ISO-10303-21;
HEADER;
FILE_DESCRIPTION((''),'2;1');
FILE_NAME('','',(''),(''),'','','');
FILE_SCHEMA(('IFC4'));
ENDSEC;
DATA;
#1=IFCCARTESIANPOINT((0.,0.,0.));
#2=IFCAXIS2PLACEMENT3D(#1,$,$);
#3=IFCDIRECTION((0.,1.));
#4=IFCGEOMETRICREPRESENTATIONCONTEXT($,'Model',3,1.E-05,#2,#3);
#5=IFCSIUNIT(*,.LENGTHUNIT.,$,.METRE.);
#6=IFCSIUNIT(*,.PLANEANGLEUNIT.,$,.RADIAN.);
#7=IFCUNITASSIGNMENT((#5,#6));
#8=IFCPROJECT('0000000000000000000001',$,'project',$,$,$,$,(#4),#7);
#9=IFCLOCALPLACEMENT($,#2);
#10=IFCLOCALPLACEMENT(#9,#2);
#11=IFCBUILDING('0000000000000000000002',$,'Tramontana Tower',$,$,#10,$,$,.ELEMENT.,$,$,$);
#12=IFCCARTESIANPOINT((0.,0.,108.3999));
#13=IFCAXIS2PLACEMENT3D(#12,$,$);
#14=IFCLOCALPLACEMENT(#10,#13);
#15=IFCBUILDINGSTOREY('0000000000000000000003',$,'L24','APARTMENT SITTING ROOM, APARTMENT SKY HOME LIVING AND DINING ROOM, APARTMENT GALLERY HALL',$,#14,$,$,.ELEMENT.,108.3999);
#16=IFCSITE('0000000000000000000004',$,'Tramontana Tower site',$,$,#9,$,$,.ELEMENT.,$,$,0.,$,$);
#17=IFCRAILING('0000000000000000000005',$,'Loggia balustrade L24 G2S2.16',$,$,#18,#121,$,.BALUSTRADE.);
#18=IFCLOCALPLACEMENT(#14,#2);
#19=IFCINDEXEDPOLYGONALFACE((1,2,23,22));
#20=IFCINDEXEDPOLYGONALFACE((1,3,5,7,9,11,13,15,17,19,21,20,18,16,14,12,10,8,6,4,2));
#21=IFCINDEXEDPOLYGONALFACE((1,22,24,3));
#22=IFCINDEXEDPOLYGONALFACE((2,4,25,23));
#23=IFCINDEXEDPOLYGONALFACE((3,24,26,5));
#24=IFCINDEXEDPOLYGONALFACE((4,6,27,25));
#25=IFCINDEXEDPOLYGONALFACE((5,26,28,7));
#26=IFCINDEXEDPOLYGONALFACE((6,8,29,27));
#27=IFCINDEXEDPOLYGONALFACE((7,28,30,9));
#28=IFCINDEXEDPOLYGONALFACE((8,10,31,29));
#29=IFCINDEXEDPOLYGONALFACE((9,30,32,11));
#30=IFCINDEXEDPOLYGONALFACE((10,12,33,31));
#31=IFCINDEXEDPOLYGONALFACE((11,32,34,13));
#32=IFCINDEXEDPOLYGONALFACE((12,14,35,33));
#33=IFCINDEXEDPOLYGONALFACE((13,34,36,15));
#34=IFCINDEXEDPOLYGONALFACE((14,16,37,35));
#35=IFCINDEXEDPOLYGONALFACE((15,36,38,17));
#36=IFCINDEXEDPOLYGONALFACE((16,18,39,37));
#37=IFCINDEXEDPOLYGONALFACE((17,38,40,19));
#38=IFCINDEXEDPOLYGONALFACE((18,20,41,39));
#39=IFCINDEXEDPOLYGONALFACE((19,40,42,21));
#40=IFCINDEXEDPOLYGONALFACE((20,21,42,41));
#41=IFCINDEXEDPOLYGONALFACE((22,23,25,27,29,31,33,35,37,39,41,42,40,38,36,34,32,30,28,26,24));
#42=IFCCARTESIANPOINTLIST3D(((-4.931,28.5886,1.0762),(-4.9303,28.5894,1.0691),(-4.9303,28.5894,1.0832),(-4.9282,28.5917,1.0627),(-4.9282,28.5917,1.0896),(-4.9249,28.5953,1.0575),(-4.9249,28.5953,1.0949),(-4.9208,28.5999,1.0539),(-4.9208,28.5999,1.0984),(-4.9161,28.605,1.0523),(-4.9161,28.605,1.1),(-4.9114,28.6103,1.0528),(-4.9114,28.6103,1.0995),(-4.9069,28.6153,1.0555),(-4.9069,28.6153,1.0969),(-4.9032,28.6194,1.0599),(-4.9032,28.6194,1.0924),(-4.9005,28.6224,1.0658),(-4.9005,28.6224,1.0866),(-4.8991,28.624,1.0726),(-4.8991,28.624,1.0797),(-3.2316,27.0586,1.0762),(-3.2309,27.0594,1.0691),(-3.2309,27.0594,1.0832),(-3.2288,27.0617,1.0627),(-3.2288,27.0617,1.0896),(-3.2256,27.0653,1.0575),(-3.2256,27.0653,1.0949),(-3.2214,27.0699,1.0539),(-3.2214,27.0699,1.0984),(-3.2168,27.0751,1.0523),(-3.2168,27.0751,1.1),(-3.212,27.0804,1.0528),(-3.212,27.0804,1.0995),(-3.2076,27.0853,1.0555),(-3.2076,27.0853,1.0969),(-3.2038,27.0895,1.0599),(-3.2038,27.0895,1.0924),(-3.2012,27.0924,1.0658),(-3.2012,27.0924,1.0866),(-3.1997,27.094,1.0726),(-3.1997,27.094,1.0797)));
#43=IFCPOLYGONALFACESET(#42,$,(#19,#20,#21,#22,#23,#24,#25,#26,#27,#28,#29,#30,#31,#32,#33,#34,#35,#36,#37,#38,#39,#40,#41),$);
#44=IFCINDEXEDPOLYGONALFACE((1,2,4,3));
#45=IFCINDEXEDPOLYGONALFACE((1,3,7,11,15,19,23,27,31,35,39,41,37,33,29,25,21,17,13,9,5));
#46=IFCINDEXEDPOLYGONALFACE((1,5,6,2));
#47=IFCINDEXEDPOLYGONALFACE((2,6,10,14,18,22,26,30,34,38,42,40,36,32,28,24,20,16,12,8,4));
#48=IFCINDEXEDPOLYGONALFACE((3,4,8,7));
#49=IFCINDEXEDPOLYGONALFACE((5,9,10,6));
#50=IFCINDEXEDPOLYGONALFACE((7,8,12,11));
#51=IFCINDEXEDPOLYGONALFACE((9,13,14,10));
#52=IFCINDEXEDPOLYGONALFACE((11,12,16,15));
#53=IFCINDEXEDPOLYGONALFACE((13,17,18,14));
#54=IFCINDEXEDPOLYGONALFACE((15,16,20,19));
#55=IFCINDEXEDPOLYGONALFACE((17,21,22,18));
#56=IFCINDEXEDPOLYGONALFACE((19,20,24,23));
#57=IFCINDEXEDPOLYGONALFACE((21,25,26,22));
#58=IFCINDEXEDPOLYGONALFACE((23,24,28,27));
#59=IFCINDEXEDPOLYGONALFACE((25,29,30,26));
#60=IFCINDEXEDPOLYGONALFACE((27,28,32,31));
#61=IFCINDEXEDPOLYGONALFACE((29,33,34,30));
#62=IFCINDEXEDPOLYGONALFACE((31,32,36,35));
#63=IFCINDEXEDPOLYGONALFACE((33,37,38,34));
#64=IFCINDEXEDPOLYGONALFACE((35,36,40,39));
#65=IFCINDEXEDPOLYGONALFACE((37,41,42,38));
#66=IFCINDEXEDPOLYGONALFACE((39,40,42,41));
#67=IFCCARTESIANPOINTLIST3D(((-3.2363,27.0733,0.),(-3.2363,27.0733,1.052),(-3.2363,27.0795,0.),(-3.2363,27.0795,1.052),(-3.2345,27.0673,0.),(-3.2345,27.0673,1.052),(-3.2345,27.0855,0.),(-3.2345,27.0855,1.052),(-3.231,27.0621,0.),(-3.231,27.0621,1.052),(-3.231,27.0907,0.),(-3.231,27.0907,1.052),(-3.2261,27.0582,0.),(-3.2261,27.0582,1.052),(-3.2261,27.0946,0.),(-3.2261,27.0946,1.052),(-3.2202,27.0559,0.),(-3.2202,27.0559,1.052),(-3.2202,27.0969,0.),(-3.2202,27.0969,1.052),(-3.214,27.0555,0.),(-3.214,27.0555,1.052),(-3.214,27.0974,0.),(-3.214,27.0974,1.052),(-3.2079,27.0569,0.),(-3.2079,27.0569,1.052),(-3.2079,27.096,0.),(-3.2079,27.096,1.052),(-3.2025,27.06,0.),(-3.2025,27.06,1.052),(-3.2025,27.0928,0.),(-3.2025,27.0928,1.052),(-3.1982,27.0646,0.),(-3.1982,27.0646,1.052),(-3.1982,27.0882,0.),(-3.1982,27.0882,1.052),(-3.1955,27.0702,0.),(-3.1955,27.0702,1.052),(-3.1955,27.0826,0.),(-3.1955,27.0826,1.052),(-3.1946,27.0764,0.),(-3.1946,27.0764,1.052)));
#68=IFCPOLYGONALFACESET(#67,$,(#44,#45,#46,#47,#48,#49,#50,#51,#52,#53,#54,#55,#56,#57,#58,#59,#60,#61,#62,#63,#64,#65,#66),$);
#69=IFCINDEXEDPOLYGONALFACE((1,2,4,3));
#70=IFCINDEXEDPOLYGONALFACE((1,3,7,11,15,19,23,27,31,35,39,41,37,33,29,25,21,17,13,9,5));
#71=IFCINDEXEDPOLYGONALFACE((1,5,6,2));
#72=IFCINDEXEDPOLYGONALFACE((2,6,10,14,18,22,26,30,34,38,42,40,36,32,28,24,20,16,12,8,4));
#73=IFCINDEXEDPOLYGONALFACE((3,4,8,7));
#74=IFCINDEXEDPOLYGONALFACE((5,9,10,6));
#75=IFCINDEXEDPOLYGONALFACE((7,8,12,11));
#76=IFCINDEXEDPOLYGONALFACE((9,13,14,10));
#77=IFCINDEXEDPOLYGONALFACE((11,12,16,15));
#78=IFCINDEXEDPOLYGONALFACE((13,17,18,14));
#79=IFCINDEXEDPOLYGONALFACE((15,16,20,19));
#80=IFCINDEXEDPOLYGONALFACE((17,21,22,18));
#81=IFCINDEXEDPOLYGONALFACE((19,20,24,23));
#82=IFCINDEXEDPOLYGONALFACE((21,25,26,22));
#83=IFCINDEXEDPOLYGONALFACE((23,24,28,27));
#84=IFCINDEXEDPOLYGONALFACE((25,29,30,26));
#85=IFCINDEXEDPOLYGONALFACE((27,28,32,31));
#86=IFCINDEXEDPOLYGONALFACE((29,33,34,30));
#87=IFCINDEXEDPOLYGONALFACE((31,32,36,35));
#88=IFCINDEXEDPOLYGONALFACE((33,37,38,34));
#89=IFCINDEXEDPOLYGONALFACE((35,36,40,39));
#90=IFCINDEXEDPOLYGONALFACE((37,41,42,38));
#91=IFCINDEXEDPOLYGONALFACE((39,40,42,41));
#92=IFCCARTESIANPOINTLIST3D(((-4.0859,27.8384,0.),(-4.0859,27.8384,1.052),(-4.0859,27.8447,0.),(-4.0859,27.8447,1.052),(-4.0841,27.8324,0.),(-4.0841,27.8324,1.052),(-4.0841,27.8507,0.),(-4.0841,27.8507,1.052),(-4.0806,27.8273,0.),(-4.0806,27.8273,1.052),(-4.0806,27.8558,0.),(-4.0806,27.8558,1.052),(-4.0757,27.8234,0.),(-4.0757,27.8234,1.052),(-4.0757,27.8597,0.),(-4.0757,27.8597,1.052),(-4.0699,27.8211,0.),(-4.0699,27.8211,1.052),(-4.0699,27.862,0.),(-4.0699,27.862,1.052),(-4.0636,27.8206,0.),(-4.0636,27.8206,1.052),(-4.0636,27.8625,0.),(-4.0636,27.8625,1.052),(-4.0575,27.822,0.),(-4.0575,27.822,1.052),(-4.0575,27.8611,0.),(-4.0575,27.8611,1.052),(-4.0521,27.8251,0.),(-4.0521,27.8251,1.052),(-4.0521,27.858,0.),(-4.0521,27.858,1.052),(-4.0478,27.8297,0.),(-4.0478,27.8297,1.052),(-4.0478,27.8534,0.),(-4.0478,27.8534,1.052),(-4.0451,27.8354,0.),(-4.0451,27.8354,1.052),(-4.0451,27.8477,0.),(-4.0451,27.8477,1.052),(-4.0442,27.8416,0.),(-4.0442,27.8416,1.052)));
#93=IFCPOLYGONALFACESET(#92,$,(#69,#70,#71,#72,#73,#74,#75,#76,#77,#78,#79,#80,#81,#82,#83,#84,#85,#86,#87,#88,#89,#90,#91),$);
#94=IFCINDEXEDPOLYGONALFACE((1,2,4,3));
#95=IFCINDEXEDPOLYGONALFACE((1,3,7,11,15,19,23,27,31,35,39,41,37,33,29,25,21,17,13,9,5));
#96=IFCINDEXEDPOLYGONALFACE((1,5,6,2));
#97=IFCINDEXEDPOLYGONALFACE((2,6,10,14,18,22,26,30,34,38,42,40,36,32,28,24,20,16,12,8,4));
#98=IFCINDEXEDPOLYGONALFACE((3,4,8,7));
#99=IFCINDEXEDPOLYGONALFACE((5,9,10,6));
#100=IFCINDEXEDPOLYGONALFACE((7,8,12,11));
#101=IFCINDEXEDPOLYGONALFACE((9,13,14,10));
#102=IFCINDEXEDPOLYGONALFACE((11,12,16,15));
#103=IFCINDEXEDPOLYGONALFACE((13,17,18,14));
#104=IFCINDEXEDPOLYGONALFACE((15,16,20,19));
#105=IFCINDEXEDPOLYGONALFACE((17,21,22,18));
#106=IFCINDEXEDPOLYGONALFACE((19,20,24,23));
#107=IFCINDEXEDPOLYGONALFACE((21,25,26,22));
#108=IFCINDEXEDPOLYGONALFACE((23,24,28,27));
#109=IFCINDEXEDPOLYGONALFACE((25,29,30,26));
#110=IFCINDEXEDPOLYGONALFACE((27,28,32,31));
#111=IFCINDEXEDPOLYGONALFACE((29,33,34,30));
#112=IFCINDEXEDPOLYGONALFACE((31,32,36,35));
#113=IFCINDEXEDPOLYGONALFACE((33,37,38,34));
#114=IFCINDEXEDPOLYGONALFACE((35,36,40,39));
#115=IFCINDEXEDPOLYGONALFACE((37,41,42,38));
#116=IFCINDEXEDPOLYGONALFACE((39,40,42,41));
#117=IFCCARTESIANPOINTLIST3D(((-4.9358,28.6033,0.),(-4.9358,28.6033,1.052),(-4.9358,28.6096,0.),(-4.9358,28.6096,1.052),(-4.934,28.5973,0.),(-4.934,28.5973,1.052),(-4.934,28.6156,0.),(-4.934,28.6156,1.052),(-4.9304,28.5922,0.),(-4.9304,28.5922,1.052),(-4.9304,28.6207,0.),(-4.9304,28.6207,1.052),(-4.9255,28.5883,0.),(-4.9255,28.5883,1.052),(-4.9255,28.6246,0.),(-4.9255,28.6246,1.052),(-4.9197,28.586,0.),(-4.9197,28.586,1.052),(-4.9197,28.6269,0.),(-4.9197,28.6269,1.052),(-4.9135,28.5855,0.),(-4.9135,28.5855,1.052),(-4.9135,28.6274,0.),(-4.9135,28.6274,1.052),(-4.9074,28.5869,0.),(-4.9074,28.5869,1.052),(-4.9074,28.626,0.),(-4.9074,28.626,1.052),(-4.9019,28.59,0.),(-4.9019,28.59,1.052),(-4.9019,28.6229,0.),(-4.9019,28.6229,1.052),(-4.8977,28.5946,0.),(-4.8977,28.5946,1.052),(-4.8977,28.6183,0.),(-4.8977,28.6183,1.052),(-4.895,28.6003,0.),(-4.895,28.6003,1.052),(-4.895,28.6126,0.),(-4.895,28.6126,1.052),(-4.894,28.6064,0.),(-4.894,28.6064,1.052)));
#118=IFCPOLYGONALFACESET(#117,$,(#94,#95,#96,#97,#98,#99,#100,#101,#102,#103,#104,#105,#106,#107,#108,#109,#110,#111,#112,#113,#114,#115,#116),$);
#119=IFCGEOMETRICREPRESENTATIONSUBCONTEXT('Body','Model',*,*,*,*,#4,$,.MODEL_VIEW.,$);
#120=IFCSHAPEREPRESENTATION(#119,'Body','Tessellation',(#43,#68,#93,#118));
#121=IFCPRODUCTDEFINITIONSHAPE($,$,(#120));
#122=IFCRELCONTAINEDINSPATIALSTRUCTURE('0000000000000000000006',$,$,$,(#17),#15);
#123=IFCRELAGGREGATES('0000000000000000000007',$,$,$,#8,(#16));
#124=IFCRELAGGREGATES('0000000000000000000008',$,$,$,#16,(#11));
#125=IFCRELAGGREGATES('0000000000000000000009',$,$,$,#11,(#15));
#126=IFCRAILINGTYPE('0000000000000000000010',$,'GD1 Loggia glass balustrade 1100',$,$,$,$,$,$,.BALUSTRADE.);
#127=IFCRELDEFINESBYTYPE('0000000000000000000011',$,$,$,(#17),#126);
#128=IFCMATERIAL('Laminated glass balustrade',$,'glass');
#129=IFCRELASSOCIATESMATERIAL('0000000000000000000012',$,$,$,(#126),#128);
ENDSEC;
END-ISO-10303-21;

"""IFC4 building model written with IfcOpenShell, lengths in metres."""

from ifc_helpers import new_model, si_unit, direction, frame, origin, origin_2d, place, context, subcontext, project, spatial, circle, extrude, material, type_object, element, save


model = new_model("IFC4")

# Units and contexts
model_context = context("Model", 3, precision=1e-05, world=origin(), true_north=direction((0.0, 1.0)))
body_context = subcontext(model_context, "Body", "Model", "MODEL_VIEW")
ifc_project = project(units=[si_unit("LENGTHUNIT", "METRE"), si_unit("PLANEANGLEUNIT", "RADIAN")], contexts=[model_context])

# Site, building, storey
site_placement = place(None, origin())
site = spatial("IfcSite", under=ifc_project, at=site_placement, Name="Tramontana Tower site", CompositionType="ELEMENT", RefElevation=0.0)
building_placement = place(site_placement, origin())
building = spatial("IfcBuilding", under=site, at=building_placement, Name="Tramontana Tower", CompositionType="ELEMENT")
storey_placement = place(building_placement, frame((0.0, 0.0, 108.3999)))
storey = spatial("IfcBuildingStorey", under=building, at=storey_placement, Name="L24", Description="APARTMENT SITTING ROOM, APARTMENT SKY HOME LIVING AND DINING ROOM, APARTMENT GALLERY HALL", CompositionType="ELEMENT", Elevation=108.3999)

# Railing
ifc_material_1 = material(Name="Laminated glass balustrade", Category="glass")
railing_type = type_object("IfcRailingType", Name="GD1 Loggia glass balustrade 1100", PredefinedType="BALUSTRADE", material=ifc_material_1)
railing_1_placement = place(storey_placement, frame((-3.2156, 27.0764, 0.0)))
element("IfcRailing", 1, at=railing_1_placement, inside=storey, type_object=railing_type, Name="Loggia balustrade L24 G2S2.16", PredefinedType="BALUSTRADE", context=body_context, shape_type="SweptSolid", body=[
    extrude(circle(Radius=0.0239, at=origin_2d()), frame((0.0, 0.0, 1.0762), z_axis=(-0.743183, 0.669089, 0.0), x_axis=(-0.669089, -0.743183, 0.0)), (0.0, 0.0, 1.0), 2.2866),
    extrude(circle(Radius=0.021, at=origin_2d()), origin(), (0.0, 0.0, 1.0), 1.052),
    extrude(circle(Radius=0.021, at=origin_2d()), frame((-0.8496, 0.7651, 0.0)), (0.0, 0.0, 1.0), 1.052),
    extrude(circle(Radius=0.021, at=origin_2d()), frame((-1.6995, 1.53, 0.0)), (0.0, 0.0, 1.0), 1.052),
])

save(model, "model.ifc")
